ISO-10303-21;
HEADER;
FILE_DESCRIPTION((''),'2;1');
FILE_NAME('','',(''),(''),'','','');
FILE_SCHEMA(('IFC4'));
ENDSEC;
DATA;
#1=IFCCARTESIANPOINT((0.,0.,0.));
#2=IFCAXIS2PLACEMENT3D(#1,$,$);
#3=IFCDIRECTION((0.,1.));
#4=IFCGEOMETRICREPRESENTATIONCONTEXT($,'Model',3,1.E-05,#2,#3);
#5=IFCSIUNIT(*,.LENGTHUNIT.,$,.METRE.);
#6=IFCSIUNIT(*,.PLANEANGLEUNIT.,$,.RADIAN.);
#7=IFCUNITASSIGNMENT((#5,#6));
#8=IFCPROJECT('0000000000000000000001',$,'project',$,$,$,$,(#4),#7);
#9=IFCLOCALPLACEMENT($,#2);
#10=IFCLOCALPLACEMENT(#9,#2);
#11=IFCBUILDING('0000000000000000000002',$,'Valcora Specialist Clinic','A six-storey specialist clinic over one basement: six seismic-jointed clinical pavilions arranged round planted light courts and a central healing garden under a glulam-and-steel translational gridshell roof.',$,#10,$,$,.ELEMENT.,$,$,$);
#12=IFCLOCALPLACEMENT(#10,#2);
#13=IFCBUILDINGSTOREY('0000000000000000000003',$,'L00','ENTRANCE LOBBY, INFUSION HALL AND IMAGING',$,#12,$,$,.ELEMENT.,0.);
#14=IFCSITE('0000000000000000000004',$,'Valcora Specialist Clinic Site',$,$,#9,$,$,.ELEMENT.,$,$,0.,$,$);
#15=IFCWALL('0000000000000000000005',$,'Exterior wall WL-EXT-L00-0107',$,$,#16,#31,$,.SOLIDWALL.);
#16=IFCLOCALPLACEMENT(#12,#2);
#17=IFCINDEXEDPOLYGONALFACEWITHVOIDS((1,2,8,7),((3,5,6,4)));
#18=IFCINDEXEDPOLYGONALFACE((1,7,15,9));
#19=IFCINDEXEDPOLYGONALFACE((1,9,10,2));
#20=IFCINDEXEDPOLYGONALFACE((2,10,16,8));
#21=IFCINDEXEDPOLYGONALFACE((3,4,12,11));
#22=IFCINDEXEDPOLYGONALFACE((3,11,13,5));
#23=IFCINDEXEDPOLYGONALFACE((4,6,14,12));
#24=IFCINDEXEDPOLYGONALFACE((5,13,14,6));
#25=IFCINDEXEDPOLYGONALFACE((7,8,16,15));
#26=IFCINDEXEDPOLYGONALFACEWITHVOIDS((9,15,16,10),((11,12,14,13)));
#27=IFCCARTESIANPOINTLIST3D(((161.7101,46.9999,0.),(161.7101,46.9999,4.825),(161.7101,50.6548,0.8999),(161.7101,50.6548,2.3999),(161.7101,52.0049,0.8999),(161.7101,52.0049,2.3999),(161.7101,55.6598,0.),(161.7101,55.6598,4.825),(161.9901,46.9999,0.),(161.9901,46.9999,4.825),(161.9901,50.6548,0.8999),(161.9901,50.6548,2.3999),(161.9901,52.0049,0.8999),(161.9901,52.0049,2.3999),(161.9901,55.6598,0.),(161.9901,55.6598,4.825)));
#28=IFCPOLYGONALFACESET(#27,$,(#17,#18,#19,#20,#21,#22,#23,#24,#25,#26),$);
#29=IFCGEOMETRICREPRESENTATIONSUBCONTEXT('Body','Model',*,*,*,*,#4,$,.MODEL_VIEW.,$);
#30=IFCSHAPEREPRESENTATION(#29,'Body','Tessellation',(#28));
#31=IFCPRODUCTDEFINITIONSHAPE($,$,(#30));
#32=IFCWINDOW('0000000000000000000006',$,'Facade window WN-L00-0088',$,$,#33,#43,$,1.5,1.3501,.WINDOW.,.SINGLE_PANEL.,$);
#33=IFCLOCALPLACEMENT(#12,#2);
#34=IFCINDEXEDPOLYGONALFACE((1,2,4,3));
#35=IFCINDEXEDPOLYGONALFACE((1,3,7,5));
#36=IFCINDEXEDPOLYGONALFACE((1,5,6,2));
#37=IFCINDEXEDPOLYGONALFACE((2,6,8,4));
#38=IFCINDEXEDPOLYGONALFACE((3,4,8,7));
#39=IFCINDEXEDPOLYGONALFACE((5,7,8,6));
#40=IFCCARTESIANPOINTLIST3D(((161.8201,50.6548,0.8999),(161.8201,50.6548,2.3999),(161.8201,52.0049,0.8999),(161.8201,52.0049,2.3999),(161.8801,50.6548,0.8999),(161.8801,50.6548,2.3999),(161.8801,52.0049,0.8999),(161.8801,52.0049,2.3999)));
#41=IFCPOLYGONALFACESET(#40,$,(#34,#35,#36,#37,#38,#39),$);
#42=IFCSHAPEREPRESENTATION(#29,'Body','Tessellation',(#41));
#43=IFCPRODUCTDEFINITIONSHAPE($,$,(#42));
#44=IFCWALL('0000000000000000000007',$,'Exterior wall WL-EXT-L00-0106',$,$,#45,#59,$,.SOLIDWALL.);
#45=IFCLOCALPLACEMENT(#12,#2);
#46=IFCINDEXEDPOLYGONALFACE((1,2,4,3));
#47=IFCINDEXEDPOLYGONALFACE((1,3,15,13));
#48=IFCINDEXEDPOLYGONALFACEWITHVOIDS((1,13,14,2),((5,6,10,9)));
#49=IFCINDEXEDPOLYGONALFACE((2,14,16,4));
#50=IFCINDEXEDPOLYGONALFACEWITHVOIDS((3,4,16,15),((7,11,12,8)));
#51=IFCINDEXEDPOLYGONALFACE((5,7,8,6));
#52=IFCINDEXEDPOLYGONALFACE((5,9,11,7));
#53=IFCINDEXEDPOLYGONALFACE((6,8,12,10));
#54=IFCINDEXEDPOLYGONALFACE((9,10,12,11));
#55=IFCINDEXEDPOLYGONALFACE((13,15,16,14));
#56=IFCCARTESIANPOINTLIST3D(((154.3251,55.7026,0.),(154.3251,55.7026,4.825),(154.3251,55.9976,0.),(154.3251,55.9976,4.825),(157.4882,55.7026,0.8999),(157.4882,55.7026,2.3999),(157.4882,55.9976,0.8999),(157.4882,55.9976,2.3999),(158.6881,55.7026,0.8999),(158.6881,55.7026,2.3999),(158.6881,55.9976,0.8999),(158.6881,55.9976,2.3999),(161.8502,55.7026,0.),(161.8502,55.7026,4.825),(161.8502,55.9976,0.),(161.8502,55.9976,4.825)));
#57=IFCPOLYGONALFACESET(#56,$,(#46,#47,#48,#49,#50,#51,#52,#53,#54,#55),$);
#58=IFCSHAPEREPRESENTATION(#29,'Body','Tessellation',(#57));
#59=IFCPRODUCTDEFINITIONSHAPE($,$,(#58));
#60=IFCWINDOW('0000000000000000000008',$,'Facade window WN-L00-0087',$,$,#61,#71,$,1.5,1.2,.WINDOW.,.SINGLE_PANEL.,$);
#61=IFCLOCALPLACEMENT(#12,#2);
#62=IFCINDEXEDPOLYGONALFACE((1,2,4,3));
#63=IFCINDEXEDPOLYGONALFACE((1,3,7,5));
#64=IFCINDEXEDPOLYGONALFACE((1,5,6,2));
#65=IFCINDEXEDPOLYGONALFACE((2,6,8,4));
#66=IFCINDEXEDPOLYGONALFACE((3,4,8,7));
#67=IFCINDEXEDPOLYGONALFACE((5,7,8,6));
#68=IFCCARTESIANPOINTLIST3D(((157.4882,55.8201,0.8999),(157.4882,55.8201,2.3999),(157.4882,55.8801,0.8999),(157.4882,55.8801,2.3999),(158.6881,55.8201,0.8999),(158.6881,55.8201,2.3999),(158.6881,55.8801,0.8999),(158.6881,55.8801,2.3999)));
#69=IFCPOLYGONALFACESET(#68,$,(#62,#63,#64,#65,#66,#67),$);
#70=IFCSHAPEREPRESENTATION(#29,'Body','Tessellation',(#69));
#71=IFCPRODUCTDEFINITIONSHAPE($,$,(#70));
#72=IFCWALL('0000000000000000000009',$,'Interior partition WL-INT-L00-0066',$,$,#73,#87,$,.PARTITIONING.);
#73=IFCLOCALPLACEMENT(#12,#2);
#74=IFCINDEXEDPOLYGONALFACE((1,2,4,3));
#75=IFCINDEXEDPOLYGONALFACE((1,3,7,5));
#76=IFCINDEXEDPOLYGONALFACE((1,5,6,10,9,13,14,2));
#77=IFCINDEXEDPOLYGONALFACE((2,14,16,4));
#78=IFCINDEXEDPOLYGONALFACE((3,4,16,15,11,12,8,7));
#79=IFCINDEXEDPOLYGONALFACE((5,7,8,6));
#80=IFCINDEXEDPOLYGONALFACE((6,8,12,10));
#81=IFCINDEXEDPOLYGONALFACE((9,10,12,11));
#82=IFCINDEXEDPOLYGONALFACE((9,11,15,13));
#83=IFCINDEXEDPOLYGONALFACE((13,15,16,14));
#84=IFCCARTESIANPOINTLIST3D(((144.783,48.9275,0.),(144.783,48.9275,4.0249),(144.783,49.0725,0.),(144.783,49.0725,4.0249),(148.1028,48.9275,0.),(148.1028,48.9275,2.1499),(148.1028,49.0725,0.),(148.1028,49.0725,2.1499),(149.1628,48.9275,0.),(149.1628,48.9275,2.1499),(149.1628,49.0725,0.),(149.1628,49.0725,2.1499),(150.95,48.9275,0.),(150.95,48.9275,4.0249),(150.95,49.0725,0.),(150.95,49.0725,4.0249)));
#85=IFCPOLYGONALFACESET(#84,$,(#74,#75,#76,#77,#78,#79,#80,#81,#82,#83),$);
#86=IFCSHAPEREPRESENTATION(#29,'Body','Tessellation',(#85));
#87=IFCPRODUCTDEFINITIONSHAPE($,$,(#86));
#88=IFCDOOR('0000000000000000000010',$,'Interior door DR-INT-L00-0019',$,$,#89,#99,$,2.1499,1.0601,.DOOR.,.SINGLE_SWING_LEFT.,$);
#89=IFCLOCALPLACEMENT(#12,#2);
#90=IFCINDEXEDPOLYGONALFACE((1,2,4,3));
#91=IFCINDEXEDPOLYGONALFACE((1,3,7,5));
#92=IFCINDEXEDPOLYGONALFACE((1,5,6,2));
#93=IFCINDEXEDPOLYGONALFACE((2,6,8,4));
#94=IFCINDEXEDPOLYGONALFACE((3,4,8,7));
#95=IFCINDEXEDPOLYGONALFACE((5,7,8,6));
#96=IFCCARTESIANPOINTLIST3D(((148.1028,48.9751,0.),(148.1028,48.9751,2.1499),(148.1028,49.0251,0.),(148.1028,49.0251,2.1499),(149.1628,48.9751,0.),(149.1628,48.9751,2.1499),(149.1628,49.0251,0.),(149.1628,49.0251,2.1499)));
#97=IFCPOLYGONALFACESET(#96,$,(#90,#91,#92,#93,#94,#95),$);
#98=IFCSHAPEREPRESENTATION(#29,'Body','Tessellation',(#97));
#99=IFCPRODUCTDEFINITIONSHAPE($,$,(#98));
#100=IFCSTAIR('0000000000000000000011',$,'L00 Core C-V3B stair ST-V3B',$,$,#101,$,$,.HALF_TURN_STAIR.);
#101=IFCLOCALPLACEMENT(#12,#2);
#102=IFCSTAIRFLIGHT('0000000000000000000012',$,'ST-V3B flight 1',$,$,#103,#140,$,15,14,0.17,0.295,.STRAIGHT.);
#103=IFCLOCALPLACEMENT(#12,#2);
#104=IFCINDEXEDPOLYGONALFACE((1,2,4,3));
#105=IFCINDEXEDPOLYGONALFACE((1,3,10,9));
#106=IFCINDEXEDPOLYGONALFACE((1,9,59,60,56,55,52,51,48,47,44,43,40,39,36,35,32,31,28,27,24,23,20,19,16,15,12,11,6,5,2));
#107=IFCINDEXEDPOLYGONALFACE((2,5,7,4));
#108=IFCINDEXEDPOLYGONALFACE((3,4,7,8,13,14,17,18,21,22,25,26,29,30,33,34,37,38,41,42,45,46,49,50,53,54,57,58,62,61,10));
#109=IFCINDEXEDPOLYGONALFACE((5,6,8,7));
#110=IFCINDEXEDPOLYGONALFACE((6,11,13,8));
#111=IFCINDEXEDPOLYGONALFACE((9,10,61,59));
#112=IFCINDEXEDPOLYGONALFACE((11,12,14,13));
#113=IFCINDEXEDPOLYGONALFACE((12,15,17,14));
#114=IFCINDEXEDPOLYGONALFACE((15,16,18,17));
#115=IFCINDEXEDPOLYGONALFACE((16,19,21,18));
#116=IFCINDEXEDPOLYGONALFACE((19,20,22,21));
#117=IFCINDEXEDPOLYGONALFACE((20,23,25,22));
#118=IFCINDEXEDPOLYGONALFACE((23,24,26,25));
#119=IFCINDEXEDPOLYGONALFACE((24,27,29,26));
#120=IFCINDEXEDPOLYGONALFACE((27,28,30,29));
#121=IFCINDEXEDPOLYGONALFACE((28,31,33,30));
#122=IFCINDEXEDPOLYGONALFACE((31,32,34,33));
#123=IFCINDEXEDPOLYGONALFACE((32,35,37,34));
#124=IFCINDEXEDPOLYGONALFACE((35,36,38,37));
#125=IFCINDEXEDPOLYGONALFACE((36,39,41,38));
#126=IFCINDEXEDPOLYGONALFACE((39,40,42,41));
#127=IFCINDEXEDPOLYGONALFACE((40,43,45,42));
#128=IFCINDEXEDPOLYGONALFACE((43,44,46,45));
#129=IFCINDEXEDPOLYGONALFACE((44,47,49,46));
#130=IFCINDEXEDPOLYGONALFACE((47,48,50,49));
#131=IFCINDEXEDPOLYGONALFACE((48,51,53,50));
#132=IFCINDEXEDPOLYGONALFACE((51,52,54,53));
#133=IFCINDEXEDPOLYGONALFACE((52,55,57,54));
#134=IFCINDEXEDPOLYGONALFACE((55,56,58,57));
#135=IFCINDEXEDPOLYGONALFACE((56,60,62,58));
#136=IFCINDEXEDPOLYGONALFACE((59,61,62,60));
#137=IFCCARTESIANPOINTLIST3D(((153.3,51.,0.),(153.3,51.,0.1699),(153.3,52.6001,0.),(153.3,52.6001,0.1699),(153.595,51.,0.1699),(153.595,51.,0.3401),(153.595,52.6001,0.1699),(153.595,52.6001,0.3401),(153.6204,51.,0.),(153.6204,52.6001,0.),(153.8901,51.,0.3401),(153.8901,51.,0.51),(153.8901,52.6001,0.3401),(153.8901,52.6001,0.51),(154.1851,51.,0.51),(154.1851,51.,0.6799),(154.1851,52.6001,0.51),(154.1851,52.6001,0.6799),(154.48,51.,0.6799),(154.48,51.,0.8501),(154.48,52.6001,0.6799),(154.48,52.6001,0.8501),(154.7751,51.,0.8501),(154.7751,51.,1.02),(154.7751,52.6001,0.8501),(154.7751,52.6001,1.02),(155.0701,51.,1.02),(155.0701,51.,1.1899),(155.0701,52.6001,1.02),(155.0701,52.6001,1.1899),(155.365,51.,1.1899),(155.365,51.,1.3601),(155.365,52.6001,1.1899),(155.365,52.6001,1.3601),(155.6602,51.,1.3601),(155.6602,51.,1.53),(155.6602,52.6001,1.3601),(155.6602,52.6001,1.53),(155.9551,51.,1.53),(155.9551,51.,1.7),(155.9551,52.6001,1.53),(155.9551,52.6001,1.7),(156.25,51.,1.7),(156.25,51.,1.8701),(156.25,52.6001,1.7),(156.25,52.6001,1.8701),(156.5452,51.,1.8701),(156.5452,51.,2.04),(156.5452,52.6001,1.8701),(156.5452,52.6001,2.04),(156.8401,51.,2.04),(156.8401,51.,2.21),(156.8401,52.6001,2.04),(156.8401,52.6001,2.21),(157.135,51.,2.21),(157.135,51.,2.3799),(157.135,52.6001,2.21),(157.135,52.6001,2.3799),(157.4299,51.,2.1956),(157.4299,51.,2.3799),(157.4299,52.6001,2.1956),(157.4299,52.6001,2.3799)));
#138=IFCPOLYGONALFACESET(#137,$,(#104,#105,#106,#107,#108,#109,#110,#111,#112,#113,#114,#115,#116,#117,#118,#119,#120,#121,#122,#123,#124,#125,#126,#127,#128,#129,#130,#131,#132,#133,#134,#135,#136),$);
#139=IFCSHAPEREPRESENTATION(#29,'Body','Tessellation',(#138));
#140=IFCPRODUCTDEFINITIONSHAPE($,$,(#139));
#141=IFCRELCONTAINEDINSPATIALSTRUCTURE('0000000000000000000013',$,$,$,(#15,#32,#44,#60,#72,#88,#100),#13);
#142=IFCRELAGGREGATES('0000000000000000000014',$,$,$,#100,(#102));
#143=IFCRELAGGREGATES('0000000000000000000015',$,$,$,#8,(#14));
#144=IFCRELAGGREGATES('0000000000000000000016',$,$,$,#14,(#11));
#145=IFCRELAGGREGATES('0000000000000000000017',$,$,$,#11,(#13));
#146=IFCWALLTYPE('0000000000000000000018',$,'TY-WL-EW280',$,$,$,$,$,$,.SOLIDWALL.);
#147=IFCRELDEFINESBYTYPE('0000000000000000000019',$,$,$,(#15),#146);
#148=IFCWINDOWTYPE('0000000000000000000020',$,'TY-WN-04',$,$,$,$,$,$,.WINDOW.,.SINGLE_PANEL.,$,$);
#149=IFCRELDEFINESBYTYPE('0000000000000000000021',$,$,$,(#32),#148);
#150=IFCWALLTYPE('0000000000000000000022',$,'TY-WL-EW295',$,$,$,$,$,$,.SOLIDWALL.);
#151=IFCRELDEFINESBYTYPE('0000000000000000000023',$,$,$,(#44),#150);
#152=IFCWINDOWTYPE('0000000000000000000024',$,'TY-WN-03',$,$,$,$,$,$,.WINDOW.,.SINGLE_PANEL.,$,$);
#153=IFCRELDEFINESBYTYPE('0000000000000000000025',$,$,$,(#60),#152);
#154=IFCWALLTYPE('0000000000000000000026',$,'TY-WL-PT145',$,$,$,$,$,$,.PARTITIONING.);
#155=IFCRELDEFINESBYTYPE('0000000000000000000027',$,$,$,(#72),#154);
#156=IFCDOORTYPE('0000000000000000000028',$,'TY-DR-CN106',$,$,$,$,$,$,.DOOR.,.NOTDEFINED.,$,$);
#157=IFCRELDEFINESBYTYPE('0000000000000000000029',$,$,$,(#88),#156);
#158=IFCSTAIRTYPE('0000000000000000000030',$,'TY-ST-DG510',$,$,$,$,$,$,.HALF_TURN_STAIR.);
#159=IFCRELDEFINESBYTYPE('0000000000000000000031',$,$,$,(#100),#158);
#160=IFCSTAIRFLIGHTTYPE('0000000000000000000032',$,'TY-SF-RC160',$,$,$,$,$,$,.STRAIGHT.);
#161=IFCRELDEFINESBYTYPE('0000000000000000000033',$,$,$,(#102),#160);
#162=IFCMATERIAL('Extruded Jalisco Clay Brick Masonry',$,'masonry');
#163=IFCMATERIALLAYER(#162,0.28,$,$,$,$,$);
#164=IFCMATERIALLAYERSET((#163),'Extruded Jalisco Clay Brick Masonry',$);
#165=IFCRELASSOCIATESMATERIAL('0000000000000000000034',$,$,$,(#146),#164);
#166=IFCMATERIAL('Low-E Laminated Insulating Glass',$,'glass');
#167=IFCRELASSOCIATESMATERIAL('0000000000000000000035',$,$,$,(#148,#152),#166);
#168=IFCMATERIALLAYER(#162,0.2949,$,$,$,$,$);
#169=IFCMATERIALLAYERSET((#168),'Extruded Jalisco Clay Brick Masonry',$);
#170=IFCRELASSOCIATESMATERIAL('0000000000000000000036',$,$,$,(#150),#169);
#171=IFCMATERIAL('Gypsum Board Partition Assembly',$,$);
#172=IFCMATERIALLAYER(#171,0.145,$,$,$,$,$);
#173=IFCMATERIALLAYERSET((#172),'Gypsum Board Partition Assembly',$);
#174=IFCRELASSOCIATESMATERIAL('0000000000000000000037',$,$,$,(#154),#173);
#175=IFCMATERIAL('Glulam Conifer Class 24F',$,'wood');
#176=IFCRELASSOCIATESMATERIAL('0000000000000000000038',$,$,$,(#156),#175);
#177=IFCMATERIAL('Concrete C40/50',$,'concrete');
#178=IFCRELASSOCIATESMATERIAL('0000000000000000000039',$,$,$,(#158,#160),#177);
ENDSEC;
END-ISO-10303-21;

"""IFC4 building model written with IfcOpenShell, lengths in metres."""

from ifc_helpers import new_model, si_unit, direction, frame, frame_2d, origin, place, context, subcontext, project, spatial, polyline, rectangle, outline, extrude, material, layer, layer_set, type_object, element, fill, aggregate, save


model = new_model("IFC4")

# Units and contexts
model_context = context("Model", 3, precision=1e-05, world=origin(), true_north=direction((0.0, 1.0)))
body_context = subcontext(model_context, "Body", "Model", "MODEL_VIEW")
ifc_project = project(units=[si_unit("LENGTHUNIT", "METRE"), si_unit("PLANEANGLEUNIT", "RADIAN")], contexts=[model_context])

# Site, building, storey
site_placement = place(None, origin())
site = spatial("IfcSite", under=ifc_project, at=site_placement, Name="Valcora Specialist Clinic Site", CompositionType="ELEMENT", RefElevation=0.0)
building_placement = place(site_placement, origin())
building = spatial("IfcBuilding", under=site, at=building_placement, Name="Valcora Specialist Clinic", Description="A six-storey specialist clinic over one basement: six seismic-jointed clinical pavilions arranged round planted light courts and a central healing garden under a glulam-and-steel translational gridshell roof.", CompositionType="ELEMENT")
storey_placement = place(building_placement, origin())
storey = spatial("IfcBuildingStorey", under=building, at=storey_placement, Name="L00", Description="ENTRANCE LOBBY, INFUSION HALL AND IMAGING", CompositionType="ELEMENT", Elevation=0.0)

# Shared definitions
ifc_material_1 = material(Name="Concrete C40/50", Category="concrete")

# Walls, openings, windows
ifc_material_2 = material(Name="Extruded Jalisco Clay Brick Masonry", Category="masonry")
ifc_layer_1 = layer(ifc_material_2, 0.28)
ifc_layer_set_1 = layer_set([ifc_layer_1], Name="Extruded Jalisco Clay Brick Masonry")
wall_type_1 = type_object("IfcWallType", Name="TY-WL-EW280", PredefinedType="SOLIDWALL", material=ifc_layer_set_1)
wall_1_placement = place(storey_placement, frame((161.8501, 55.6599, 0.0), z_axis=(0.0, 0.0, 1.0), x_axis=(0.0, -1.0, 0.0)))
wall_1 = element("IfcWall", 1, at=wall_1_placement, inside=storey, type_object=wall_type_1, Name="Exterior wall WL-EXT-L00-0107", PredefinedType="SOLIDWALL", context=body_context, shape_type="SweptSolid", body=[
    extrude(rectangle(XDim=8.6599, YDim=0.28, at=frame_2d((4.3301, 0.0))), origin(), (0.0, 0.0, 1.0), 4.825),
])
opening_1_placement = place(wall_1_placement, frame((3.655, 0.0, 0.8999)))
opening_1 = element("IfcOpeningElement", 2, at=opening_1_placement, cuts=wall_1, PredefinedType="OPENING", context=body_context, shape_type="SweptSolid", body=[
    extrude(rectangle(XDim=1.3501, YDim=1.5, at=frame_2d((0.675, 0.75))), frame((0.0, 0.1499, 0.0), z_axis=(0.0, -1.0, 0.0), x_axis=(1.0, 0.0, 0.0)), (0.0, 0.0, 1.0), 0.3),
])
ifc_material_3 = material(Name="Low-E Laminated Insulating Glass", Category="glass")
window_type_1 = type_object("IfcWindowType", Name="TY-WN-04", PartitioningType="SINGLE_PANEL", PredefinedType="WINDOW", material=ifc_material_3)
window_1_placement = place(opening_1_placement, origin())
window_1 = element("IfcWindow", 3, at=window_1_placement, inside=storey, type_object=window_type_1, Name="Facade window WN-L00-0088", OverallHeight=1.5, OverallWidth=1.3501, PartitioningType="SINGLE_PANEL", PredefinedType="WINDOW", context=body_context, shape_type="SweptSolid", body=[
    extrude(rectangle(XDim=1.3501, YDim=1.5, at=frame_2d((0.675, 0.75))), frame((0.0, 0.03, 0.0), z_axis=(0.0, -1.0, 0.0), x_axis=(1.0, 0.0, 0.0)), (0.0, 0.0, 1.0), 0.0601),
])
fill(opening_1, window_1)
ifc_layer_2 = layer(ifc_material_2, 0.2949)
ifc_layer_set_2 = layer_set([ifc_layer_2], Name="Extruded Jalisco Clay Brick Masonry")
wall_type_2 = type_object("IfcWallType", Name="TY-WL-EW295", PredefinedType="SOLIDWALL", material=ifc_layer_set_2)
wall_2_placement = place(storey_placement, frame((154.325, 55.8501, 0.0), z_axis=(0.0, 0.0, 1.0), x_axis=(1.0, 0.0, 0.0)))
wall_2 = element("IfcWall", 4, at=wall_2_placement, inside=storey, type_object=wall_type_2, Name="Exterior wall WL-EXT-L00-0106", PredefinedType="SOLIDWALL", context=body_context, shape_type="SweptSolid", body=[
    extrude(rectangle(XDim=7.5251, YDim=0.2949, at=frame_2d((3.7627, 0.0))), origin(), (0.0, 0.0, 1.0), 4.825),
])
opening_2_placement = place(wall_2_placement, frame((3.1631, 0.0, 0.8999)))
opening_2 = element("IfcOpeningElement", 5, at=opening_2_placement, cuts=wall_2, PredefinedType="OPENING", context=body_context, shape_type="SweptSolid", body=[
    extrude(rectangle(XDim=1.2, YDim=1.5, at=frame_2d((0.6001, 0.75))), frame((0.0, 0.1575, 0.0), z_axis=(0.0, -1.0, 0.0), x_axis=(1.0, 0.0, 0.0)), (0.0, 0.0, 1.0), 0.3149),
])
window_type_2 = type_object("IfcWindowType", Name="TY-WN-03", PartitioningType="SINGLE_PANEL", PredefinedType="WINDOW", material=ifc_material_3)
window_2_placement = place(opening_2_placement, origin())
window_2 = element("IfcWindow", 6, at=window_2_placement, inside=storey, type_object=window_type_2, Name="Facade window WN-L00-0087", OverallHeight=1.5, OverallWidth=1.2, PartitioningType="SINGLE_PANEL", PredefinedType="WINDOW", context=body_context, shape_type="SweptSolid", body=[
    extrude(rectangle(XDim=1.2, YDim=1.5, at=frame_2d((0.6001, 0.75))), frame((0.0, 0.03, 0.0), z_axis=(0.0, -1.0, 0.0), x_axis=(1.0, 0.0, 0.0)), (0.0, 0.0, 1.0), 0.0601),
])
fill(opening_2, window_2)

# Wall, opening, door
ifc_material_4 = material(Name="Gypsum Board Partition Assembly")
ifc_layer_3 = layer(ifc_material_4, 0.145)
ifc_layer_set_3 = layer_set([ifc_layer_3], Name="Gypsum Board Partition Assembly")
wall_type_3 = type_object("IfcWallType", Name="TY-WL-PT145", PredefinedType="PARTITIONING", material=ifc_layer_set_3)
wall_3_placement = place(storey_placement, frame((150.95, 49.0, 0.0), z_axis=(0.0, 0.0, 1.0), x_axis=(-1.0, 0.0, 0.0)))
wall_3 = element("IfcWall", 7, at=wall_3_placement, inside=storey, type_object=wall_type_3, Name="Interior partition WL-INT-L00-0066", PredefinedType="PARTITIONING", context=body_context, shape_type="SweptSolid", body=[
    extrude(rectangle(XDim=6.167, YDim=0.145, at=frame_2d((3.0835, 0.0))), origin(), (0.0, 0.0, 1.0), 4.0249),
])
opening_3_placement = place(wall_3_placement, frame((1.7871, 0.0, 0.0)))
opening_3 = element("IfcOpeningElement", 8, at=opening_3_placement, cuts=wall_3, PredefinedType="OPENING", context=body_context, shape_type="SweptSolid", body=[
    extrude(rectangle(XDim=1.0601, YDim=2.1499, at=frame_2d((0.53, 1.075))), frame((0.0, 0.0825, 0.0), z_axis=(0.0, -1.0, 0.0), x_axis=(1.0, 0.0, 0.0)), (0.0, 0.0, 1.0), 0.165),
])
ifc_material_5 = material(Name="Glulam Conifer Class 24F", Category="wood")
door_type_1 = type_object("IfcDoorType", Name="TY-DR-CN106", OperationType="NOTDEFINED", PredefinedType="DOOR", material=ifc_material_5)
door_1_placement = place(opening_3_placement, origin())
door_1 = element("IfcDoor", 9, at=door_1_placement, inside=storey, type_object=door_type_1, Name="Interior door DR-INT-L00-0019", OperationType="SINGLE_SWING_LEFT", OverallHeight=2.1499, OverallWidth=1.0601, PredefinedType="DOOR", context=body_context, shape_type="SweptSolid", body=[
    extrude(rectangle(XDim=1.0601, YDim=2.1499, at=frame_2d((0.53, 1.075))), frame((0.0, 0.0249, 0.0), z_axis=(0.0, -1.0, 0.0), x_axis=(1.0, 0.0, 0.0)), (0.0, 0.0, 1.0), 0.05),
])
fill(opening_3, door_1)

# Stair, stair flight
stair_type = type_object("IfcStairType", Name="TY-ST-DG510", PredefinedType="HALF_TURN_STAIR", material=ifc_material_1)
stair_placement = place(storey_placement, origin())
stair = element("IfcStair", 10, at=stair_placement, inside=storey, type_object=stair_type, Name="L00 Core C-V3B stair ST-V3B", PredefinedType="HALF_TURN_STAIR")
stair_flight_type = type_object("IfcStairFlightType", Name="TY-SF-RC160", PredefinedType="STRAIGHT", material=ifc_material_1)
stair_flight_1_placement = place(storey_placement, frame((153.3, 51.8, 0.0), z_axis=(0.0, 0.0, 1.0), x_axis=(1.0, 0.0, 0.0)))
stair_flight_1 = element("IfcStairFlight", 11, at=stair_flight_1_placement, type_object=stair_flight_type, Name="ST-V3B flight 1", NumberOfRisers=15, NumberOfTreads=14, PredefinedType="STRAIGHT", RiserHeight=0.17, TreadLength=0.295, context=body_context, shape_type="SweptSolid", body=[
    extrude(outline(polyline([(0.0, 0.0), (0.0, 0.1699), (0.2949, 0.1699), (0.2949, 0.3401), (0.5901, 0.3401), (0.5901, 0.51), (0.885, 0.51), (0.885, 0.6799), (1.1799, 0.6799), (1.1799, 0.8501), (1.4751, 0.8501), (1.4751, 1.02), (1.77, 1.02), (1.77, 1.1899), (2.0649, 1.1899), (2.0649, 1.3601), (2.3601, 1.3601), (2.3601, 1.53), (2.655, 1.53), (2.655, 1.7), (2.95, 1.7), (2.95, 1.8701), (3.2451, 1.8701), (3.2451, 2.04), (3.54, 2.04), (3.54, 2.21), (3.835, 2.21), (3.835, 2.3799), (4.1299, 2.3799), (4.1299, 2.55), (4.1299, 2.1956), (0.3203, 0.0), (0.0, 0.0)])), frame((0.0, 0.8, 0.0), z_axis=(0.0, -1.0, 0.0), x_axis=(1.0, 0.0, 0.0)), (0.0, 0.0, 1.0), 1.6001),
])
aggregate(stair, [stair_flight_1])

save(model, "model.ifc")
